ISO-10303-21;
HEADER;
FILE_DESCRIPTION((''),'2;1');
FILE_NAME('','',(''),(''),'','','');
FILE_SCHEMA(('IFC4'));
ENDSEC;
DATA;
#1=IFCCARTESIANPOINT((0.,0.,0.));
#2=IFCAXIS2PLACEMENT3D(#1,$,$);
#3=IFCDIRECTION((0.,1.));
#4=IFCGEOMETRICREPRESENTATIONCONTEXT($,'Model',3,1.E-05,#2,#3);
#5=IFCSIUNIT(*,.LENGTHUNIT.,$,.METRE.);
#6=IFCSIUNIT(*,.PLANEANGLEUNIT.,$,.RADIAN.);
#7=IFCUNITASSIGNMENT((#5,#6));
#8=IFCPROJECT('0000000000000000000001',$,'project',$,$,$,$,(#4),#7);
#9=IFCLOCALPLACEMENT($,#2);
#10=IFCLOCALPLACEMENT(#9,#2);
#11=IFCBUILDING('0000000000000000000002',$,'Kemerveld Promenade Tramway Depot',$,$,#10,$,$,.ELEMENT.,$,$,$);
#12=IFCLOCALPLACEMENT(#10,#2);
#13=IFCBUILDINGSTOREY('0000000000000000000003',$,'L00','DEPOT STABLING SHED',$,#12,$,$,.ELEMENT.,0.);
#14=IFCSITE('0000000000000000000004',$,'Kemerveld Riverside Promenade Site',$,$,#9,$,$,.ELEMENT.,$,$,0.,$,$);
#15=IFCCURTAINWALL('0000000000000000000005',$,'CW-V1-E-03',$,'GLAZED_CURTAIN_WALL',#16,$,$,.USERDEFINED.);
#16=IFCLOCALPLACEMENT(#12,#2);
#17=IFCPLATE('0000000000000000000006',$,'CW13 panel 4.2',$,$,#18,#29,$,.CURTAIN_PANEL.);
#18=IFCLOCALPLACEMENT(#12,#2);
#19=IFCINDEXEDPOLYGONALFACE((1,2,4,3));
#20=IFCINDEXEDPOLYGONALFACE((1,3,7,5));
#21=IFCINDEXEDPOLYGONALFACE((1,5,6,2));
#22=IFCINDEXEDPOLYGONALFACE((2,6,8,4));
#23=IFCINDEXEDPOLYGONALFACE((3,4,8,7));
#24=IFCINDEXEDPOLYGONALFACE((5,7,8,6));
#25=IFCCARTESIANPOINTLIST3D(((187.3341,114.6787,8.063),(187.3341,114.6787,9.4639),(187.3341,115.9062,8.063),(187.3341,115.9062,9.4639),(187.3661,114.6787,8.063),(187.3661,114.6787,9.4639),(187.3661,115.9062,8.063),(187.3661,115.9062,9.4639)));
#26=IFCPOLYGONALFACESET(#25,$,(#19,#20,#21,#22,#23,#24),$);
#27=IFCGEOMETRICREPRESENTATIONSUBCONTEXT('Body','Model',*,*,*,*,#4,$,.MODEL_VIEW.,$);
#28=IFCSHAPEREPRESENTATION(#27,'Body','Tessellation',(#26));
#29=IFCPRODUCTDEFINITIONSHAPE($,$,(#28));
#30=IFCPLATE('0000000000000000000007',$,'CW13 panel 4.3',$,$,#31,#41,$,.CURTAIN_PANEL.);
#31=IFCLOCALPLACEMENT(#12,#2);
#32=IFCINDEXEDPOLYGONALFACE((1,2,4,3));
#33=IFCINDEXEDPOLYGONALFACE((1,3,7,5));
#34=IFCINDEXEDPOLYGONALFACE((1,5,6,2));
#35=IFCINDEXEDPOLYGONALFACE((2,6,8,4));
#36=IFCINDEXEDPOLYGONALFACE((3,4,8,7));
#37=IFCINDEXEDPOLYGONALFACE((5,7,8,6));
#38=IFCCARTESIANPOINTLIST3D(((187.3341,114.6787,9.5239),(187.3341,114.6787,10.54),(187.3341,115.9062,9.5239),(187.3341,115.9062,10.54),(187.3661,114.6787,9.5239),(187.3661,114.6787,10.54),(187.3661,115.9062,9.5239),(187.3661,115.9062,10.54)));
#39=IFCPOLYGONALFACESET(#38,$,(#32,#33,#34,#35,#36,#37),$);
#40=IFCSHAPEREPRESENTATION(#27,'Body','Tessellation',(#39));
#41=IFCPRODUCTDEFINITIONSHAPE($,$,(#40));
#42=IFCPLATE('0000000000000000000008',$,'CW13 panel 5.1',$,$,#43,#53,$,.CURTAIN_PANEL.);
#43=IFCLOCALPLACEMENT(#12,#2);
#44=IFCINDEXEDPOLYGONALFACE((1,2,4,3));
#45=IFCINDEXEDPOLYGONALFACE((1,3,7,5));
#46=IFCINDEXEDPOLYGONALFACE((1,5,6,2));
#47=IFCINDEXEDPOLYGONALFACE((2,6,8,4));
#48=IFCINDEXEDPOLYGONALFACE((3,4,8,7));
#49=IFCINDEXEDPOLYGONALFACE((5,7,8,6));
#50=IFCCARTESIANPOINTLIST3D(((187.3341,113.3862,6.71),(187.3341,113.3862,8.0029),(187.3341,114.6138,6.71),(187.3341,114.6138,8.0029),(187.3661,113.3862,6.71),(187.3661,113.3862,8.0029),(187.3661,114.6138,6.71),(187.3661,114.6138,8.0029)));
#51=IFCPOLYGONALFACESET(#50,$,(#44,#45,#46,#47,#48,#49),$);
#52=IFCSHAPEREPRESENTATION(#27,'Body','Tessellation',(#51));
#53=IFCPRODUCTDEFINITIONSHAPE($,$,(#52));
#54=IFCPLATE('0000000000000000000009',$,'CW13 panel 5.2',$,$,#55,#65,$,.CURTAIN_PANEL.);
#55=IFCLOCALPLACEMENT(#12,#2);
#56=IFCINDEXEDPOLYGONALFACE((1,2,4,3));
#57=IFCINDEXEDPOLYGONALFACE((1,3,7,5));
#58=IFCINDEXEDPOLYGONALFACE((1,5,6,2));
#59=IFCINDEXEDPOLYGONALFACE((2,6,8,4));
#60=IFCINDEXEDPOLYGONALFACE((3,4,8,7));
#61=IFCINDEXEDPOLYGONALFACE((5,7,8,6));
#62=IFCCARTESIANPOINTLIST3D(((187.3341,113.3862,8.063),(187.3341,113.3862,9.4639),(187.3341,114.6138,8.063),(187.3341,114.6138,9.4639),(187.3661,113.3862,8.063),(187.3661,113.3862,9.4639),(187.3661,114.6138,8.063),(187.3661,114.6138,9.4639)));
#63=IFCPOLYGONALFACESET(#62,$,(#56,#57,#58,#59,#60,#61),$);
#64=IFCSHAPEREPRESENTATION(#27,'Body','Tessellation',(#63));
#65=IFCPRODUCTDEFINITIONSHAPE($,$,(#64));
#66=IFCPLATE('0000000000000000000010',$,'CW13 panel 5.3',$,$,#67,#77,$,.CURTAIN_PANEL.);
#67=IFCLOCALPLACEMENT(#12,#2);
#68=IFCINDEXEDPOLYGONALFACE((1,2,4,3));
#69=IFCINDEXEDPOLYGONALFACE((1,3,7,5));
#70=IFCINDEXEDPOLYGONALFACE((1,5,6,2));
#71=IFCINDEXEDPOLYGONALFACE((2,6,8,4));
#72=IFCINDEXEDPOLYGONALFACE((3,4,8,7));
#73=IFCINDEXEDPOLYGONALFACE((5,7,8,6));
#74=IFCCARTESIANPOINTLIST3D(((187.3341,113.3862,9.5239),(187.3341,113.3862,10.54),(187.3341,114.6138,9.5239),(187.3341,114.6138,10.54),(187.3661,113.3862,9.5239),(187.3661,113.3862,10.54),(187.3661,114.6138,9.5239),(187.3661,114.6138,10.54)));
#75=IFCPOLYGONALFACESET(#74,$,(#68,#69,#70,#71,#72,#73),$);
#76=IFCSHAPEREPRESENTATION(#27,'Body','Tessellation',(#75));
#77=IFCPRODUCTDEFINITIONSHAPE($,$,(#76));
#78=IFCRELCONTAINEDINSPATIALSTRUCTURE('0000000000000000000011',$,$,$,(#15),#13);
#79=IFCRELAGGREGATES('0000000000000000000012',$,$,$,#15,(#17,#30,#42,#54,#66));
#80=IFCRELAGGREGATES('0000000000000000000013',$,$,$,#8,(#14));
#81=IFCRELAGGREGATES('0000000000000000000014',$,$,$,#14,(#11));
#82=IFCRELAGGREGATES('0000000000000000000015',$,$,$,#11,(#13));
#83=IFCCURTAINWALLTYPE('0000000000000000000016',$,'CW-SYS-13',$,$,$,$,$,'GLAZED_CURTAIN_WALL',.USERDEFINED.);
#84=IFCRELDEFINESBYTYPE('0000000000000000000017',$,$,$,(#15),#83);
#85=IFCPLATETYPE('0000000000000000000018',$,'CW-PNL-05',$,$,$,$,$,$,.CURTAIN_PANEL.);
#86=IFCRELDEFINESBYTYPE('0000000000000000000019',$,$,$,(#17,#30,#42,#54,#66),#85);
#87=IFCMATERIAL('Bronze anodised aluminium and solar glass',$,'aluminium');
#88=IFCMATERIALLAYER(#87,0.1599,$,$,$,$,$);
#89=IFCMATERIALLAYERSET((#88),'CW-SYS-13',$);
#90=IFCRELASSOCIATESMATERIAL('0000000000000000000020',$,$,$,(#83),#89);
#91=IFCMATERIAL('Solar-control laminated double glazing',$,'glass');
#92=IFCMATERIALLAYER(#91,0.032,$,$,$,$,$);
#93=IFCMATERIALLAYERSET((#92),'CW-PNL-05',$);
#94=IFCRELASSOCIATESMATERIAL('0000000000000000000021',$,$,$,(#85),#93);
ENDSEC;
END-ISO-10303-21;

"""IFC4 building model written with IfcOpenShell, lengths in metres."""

from ifc_helpers import new_model, si_unit, direction, frame, origin, origin_2d, place, context, subcontext, project, spatial, rectangle, extrude, material, layer, layer_set, type_object, element, aggregate, save


model = new_model("IFC4")

# Units and contexts
model_context = context("Model", 3, precision=1e-05, world=origin(), true_north=direction((0.0, 1.0)))
body_context = subcontext(model_context, "Body", "Model", "MODEL_VIEW")
ifc_project = project(units=[si_unit("LENGTHUNIT", "METRE"), si_unit("PLANEANGLEUNIT", "RADIAN")], contexts=[model_context])

# Site, building, storey
site_placement = place(None, origin())
site = spatial("IfcSite", under=ifc_project, at=site_placement, Name="Kemerveld Riverside Promenade Site", CompositionType="ELEMENT", RefElevation=0.0)
building_placement = place(site_placement, origin())
building = spatial("IfcBuilding", under=site, at=building_placement, Name="Kemerveld Promenade Tramway Depot", CompositionType="ELEMENT")
storey_placement = place(building_placement, origin())
storey = spatial("IfcBuildingStorey", under=building, at=storey_placement, Name="L00", Description="DEPOT STABLING SHED", CompositionType="ELEMENT", Elevation=0.0)

# Curtain wall, plates
ifc_material_1 = material(Name="Bronze anodised aluminium and solar glass", Category="aluminium")
ifc_layer_1 = layer(ifc_material_1, 0.1599)
ifc_layer_set_1 = layer_set([ifc_layer_1], Name="CW-SYS-13")
curtain_wall_type = type_object("IfcCurtainWallType", Name="CW-SYS-13", ElementType="GLAZED_CURTAIN_WALL", PredefinedType="USERDEFINED", material=ifc_layer_set_1)
curtain_wall_placement = place(storey_placement, origin())
curtain_wall = element("IfcCurtainWall", 1, at=curtain_wall_placement, inside=storey, type_object=curtain_wall_type, Name="CW-V1-E-03", ObjectType="GLAZED_CURTAIN_WALL", PredefinedType="USERDEFINED")
ifc_material_2 = material(Name="Solar-control laminated double glazing", Category="glass")
ifc_layer_2 = layer(ifc_material_2, 0.032)
ifc_layer_set_2 = layer_set([ifc_layer_2], Name="CW-PNL-05")
plate_type = type_object("IfcPlateType", Name="CW-PNL-05", PredefinedType="CURTAIN_PANEL", material=ifc_layer_set_2)
plate_1_placement = place(storey_placement, frame((187.3501, 115.2925, 8.063), z_axis=(0.0, 0.0, 1.0), x_axis=(0.0, -1.0, 0.0)))
plate_1 = element("IfcPlate", 2, at=plate_1_placement, type_object=plate_type, Name="CW13 panel 4.2", PredefinedType="CURTAIN_PANEL", context=body_context, shape_type="SweptSolid", body=[
    extrude(rectangle(XDim=1.2275, YDim=0.032, at=origin_2d()), origin(), (0.0, 0.0, 1.0), 1.4009),
])
plate_2_placement = place(storey_placement, frame((187.3501, 115.2925, 9.5239), z_axis=(0.0, 0.0, 1.0), x_axis=(0.0, -1.0, 0.0)))
plate_2 = element("IfcPlate", 3, at=plate_2_placement, type_object=plate_type, Name="CW13 panel 4.3", PredefinedType="CURTAIN_PANEL", context=body_context, shape_type="SweptSolid", body=[
    extrude(rectangle(XDim=1.2275, YDim=0.032, at=origin_2d()), origin(), (0.0, 0.0, 1.0), 1.0161),
])
plate_3_placement = place(storey_placement, frame((187.3501, 114.0, 6.71), z_axis=(0.0, 0.0, 1.0), x_axis=(0.0, -1.0, 0.0)))
plate_3 = element("IfcPlate", 4, at=plate_3_placement, type_object=plate_type, Name="CW13 panel 5.1", PredefinedType="CURTAIN_PANEL", context=body_context, shape_type="SweptSolid", body=[
    extrude(rectangle(XDim=1.2275, YDim=0.032, at=origin_2d()), origin(), (0.0, 0.0, 1.0), 1.293),
])
plate_4_placement = place(storey_placement, frame((187.3501, 114.0, 8.063), z_axis=(0.0, 0.0, 1.0), x_axis=(0.0, -1.0, 0.0)))
plate_4 = element("IfcPlate", 5, at=plate_4_placement, type_object=plate_type, Name="CW13 panel 5.2", PredefinedType="CURTAIN_PANEL", context=body_context, shape_type="SweptSolid", body=[
    extrude(rectangle(XDim=1.2275, YDim=0.032, at=origin_2d()), origin(), (0.0, 0.0, 1.0), 1.4009),
])
plate_5_placement = place(storey_placement, frame((187.3501, 114.0, 9.5239), z_axis=(0.0, 0.0, 1.0), x_axis=(0.0, -1.0, 0.0)))
plate_5 = element("IfcPlate", 6, at=plate_5_placement, type_object=plate_type, Name="CW13 panel 5.3", PredefinedType="CURTAIN_PANEL", context=body_context, shape_type="SweptSolid", body=[
    extrude(rectangle(XDim=1.2275, YDim=0.032, at=origin_2d()), origin(), (0.0, 0.0, 1.0), 1.0161),
])
aggregate(curtain_wall, [plate_1, plate_2, plate_3, plate_4, plate_5])

save(model, "model.ifc")
